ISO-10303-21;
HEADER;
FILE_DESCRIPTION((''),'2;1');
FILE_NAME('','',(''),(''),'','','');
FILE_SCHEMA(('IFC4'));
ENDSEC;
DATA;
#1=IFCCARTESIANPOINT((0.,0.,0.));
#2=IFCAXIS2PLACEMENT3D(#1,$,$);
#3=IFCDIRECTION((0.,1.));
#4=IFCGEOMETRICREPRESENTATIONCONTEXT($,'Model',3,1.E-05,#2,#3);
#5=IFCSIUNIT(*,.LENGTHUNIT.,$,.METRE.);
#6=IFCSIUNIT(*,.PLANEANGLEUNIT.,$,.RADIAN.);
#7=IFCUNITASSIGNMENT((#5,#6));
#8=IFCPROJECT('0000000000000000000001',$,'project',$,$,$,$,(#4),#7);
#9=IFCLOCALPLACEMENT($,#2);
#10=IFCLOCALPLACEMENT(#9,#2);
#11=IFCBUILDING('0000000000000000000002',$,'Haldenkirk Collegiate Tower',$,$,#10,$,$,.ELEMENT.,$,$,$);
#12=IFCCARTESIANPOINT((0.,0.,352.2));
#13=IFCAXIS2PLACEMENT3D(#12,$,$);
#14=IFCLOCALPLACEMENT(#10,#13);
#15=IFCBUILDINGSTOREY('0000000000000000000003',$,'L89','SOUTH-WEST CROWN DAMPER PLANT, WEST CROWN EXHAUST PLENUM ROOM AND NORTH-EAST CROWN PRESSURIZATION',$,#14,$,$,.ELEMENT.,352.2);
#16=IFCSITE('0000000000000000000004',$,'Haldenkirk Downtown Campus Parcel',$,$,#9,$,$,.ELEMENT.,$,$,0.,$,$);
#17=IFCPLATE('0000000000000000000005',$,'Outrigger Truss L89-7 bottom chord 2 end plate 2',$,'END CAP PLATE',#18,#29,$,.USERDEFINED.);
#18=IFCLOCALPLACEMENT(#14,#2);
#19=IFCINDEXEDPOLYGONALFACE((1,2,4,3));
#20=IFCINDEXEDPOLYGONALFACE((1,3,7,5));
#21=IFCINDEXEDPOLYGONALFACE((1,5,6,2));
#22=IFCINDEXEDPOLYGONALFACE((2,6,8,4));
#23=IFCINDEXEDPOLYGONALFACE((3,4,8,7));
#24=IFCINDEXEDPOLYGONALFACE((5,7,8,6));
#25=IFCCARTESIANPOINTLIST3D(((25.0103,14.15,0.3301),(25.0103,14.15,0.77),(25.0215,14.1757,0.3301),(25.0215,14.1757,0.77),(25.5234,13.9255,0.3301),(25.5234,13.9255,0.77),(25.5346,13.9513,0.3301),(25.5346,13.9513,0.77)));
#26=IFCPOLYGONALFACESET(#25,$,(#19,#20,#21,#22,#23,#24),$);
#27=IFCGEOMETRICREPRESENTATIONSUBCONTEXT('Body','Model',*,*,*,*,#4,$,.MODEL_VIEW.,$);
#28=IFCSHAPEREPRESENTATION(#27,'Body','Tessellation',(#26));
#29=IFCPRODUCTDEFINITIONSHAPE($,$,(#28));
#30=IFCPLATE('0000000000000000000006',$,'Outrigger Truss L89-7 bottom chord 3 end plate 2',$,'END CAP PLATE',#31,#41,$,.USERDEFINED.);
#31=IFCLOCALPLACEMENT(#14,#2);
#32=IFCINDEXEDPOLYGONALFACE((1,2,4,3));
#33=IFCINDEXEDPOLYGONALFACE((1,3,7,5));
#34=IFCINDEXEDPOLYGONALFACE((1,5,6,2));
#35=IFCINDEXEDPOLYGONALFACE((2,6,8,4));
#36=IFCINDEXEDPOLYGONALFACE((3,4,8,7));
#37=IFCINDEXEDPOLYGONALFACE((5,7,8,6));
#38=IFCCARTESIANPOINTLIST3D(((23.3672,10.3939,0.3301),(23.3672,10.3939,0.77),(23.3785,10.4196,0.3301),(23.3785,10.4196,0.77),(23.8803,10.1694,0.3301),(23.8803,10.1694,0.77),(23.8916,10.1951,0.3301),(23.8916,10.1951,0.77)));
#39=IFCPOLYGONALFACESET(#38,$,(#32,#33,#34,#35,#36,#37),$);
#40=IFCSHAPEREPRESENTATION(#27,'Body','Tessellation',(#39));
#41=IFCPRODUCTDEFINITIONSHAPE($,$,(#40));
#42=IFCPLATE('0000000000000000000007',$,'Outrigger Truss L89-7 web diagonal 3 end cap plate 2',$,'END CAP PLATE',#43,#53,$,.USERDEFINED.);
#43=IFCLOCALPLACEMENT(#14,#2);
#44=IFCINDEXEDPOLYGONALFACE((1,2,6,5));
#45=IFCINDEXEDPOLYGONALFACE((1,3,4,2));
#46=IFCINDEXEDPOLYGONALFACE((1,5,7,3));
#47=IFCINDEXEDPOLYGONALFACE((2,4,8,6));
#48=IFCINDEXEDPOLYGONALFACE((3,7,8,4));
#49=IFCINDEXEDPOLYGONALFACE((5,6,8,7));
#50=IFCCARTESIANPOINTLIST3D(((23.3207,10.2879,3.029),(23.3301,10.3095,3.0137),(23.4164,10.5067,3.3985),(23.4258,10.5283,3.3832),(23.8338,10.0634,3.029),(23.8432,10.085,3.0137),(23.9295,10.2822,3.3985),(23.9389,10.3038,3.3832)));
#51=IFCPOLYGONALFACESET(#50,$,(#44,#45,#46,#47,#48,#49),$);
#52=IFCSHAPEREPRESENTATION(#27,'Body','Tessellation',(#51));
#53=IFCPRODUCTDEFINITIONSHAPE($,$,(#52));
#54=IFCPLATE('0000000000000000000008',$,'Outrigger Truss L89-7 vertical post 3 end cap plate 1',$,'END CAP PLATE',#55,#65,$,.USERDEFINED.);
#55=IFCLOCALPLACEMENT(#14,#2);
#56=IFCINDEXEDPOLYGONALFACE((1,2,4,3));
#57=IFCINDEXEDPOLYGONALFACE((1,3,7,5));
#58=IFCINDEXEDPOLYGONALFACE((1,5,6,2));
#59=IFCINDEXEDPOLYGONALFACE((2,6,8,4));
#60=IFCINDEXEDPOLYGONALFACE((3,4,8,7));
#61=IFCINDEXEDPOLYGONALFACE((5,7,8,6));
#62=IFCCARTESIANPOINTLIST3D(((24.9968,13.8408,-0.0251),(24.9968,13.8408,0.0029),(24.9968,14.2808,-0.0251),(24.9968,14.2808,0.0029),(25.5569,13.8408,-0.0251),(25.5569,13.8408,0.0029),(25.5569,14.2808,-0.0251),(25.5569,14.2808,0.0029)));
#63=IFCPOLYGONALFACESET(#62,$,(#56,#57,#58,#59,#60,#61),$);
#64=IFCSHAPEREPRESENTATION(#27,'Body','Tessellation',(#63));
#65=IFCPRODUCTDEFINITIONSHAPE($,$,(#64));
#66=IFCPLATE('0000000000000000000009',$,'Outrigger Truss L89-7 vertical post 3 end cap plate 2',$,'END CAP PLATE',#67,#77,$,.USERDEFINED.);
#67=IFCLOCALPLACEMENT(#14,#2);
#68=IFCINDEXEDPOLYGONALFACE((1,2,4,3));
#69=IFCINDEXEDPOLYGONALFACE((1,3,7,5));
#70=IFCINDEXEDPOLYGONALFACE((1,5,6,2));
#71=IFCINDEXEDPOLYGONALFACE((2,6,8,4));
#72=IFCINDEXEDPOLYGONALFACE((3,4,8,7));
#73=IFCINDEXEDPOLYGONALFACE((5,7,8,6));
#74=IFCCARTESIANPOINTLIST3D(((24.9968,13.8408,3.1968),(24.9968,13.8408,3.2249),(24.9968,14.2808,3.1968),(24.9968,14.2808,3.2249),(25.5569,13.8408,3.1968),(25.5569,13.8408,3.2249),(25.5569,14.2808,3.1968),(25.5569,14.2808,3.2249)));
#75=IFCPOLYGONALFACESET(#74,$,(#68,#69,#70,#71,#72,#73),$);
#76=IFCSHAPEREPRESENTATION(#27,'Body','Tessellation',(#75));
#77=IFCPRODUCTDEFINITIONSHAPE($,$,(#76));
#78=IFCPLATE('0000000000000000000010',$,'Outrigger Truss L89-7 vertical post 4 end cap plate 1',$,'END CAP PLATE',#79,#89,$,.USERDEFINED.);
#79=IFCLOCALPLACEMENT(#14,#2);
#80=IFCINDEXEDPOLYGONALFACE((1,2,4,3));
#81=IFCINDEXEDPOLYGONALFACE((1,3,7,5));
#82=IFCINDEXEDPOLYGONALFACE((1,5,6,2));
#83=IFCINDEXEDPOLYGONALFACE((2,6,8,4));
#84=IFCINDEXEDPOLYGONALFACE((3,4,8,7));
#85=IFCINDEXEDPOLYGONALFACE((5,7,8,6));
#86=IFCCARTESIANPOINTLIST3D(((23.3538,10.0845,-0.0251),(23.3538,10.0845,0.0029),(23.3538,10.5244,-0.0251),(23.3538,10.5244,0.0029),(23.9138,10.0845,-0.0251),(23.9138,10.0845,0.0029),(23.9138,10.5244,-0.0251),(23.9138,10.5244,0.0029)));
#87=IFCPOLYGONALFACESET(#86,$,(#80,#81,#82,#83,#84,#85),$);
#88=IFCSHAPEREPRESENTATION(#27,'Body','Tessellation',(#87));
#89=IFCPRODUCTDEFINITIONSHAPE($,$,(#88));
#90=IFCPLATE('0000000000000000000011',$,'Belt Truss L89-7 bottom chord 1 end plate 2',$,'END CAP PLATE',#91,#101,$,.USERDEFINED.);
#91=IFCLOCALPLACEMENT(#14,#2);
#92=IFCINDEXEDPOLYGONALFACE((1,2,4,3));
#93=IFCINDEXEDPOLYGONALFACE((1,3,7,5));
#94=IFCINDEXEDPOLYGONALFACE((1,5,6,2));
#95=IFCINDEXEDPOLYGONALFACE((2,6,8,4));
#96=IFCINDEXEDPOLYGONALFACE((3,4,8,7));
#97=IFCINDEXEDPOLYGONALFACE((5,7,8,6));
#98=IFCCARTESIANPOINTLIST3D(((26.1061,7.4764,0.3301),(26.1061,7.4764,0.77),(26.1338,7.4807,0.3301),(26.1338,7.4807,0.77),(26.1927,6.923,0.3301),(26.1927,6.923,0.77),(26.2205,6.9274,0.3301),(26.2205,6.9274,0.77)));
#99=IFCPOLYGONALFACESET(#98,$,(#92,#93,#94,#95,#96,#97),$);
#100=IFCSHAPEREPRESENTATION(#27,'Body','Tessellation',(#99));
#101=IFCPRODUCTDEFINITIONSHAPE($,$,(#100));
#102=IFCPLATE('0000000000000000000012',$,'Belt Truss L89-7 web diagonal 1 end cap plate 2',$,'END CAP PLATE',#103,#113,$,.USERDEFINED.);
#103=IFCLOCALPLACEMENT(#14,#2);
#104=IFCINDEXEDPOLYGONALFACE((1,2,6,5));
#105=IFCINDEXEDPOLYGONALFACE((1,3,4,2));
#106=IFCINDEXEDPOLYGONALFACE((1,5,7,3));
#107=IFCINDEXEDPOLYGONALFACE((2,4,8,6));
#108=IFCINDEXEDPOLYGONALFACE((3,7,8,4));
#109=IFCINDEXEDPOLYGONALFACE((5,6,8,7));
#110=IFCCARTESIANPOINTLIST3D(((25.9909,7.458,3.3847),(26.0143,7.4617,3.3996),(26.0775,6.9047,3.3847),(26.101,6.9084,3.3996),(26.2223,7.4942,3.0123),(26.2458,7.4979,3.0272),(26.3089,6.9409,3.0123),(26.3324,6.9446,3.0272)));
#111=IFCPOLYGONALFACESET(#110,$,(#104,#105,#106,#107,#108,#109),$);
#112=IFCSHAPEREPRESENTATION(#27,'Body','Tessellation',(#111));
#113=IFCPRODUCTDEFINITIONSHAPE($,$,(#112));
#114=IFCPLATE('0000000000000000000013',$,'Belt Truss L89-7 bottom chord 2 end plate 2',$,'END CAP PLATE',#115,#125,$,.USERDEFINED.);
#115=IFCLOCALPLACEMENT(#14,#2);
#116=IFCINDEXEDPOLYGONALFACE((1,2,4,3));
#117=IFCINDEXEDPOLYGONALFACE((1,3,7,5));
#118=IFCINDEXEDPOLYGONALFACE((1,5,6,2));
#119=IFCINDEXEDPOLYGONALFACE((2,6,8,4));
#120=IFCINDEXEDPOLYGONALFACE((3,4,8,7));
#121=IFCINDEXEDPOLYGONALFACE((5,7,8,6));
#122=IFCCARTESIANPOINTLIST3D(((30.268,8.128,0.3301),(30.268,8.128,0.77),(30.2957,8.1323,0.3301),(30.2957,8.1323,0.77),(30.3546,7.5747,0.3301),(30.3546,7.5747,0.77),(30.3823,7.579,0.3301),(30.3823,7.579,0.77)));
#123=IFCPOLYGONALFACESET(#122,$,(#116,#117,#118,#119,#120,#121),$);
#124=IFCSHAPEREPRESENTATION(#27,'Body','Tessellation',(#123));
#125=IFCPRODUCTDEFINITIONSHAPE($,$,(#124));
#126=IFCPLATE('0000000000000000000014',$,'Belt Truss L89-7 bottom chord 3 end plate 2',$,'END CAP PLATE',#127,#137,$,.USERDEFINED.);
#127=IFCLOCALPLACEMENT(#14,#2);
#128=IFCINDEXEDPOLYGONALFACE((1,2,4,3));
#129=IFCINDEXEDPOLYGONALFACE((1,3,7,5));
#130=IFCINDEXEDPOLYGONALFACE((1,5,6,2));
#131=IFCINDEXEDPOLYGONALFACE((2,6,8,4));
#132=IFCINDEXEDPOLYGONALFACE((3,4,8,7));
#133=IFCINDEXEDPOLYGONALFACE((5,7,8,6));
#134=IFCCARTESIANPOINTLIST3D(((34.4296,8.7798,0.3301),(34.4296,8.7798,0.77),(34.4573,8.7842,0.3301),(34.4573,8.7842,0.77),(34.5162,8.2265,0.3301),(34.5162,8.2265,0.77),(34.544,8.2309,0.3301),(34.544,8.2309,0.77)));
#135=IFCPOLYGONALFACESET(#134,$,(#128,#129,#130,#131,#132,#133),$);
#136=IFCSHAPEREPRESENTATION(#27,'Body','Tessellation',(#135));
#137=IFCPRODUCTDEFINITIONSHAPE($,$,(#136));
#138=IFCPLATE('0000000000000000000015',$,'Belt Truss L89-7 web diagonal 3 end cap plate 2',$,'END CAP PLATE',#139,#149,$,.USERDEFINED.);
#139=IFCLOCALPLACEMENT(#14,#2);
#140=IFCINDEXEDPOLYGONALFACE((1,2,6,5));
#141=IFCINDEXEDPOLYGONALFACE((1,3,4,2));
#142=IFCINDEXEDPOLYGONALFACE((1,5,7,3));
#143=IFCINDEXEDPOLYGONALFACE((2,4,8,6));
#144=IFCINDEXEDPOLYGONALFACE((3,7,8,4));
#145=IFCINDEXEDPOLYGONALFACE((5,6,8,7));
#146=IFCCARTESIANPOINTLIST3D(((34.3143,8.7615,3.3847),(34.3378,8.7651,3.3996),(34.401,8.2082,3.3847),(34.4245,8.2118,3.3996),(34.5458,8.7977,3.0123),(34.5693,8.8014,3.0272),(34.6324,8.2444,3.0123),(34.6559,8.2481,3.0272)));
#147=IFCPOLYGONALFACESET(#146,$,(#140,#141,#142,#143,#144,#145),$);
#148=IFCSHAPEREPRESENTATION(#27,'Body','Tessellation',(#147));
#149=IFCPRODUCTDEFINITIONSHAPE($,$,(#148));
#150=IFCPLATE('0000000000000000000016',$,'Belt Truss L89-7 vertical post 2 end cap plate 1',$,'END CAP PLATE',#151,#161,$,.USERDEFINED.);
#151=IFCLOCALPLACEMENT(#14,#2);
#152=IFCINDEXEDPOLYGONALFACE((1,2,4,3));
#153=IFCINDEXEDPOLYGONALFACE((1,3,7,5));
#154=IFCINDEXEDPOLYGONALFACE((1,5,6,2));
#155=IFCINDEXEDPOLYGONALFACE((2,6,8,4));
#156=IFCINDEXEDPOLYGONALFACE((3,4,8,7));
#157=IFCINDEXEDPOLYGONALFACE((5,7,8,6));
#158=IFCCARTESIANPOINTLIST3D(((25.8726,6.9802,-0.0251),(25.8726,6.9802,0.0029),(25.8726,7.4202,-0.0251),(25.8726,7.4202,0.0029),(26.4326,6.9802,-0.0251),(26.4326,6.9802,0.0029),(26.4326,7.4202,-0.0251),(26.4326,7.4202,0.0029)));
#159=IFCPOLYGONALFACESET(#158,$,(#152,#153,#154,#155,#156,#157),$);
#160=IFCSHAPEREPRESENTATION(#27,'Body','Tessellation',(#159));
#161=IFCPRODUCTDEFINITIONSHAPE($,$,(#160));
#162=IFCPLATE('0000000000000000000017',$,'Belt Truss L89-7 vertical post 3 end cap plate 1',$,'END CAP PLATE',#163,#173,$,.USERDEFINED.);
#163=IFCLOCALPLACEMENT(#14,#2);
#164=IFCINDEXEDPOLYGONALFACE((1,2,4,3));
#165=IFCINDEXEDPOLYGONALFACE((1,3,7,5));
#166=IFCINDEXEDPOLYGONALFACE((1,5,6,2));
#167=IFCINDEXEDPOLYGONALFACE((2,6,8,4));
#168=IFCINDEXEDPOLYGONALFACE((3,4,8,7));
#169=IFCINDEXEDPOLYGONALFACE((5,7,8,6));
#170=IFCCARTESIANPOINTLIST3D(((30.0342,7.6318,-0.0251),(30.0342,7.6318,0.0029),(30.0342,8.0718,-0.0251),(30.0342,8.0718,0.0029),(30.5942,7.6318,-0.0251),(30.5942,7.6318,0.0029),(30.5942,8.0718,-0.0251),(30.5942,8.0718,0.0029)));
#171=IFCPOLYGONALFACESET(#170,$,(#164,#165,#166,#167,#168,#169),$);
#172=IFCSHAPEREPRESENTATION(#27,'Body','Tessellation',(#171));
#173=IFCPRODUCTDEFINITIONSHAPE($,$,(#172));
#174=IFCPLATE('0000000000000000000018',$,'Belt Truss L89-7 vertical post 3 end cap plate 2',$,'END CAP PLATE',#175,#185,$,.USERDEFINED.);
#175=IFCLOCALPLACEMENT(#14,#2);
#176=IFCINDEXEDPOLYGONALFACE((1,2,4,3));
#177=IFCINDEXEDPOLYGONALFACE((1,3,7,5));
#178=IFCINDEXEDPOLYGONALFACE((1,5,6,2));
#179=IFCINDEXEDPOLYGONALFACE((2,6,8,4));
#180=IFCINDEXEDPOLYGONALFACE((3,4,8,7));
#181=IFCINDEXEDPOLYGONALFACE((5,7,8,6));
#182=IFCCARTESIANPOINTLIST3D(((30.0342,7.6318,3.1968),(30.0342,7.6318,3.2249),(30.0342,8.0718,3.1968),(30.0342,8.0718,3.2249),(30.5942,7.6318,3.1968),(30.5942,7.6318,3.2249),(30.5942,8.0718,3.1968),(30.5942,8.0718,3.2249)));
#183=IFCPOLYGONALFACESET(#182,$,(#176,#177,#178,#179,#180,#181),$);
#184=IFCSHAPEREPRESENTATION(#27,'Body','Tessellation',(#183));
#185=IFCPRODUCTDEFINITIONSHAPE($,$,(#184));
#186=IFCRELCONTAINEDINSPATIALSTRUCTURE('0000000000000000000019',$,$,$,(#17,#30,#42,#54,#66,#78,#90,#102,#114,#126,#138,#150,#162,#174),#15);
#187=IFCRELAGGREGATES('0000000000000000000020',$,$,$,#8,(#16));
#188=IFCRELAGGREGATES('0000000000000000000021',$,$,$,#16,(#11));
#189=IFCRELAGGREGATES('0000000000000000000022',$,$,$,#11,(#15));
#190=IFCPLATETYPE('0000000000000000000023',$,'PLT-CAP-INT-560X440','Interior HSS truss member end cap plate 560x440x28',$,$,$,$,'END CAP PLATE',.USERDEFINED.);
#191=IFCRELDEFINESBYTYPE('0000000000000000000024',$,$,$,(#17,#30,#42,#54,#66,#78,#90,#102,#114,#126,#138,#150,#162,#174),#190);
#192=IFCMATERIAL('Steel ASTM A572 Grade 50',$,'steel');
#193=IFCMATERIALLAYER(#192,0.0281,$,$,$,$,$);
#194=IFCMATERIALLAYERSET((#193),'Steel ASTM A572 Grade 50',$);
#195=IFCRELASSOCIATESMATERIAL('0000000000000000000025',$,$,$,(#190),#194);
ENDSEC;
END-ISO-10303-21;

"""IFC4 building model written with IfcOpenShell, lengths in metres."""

from ifc_helpers import new_model, si_unit, direction, frame, origin, origin_2d, place, context, subcontext, project, spatial, rectangle, extrude, source, transform, mapped, material, layer, layer_set, type_object, element, save


model = new_model("IFC4")

# Units and contexts
model_context = context("Model", 3, precision=1e-05, world=origin(), true_north=direction((0.0, 1.0)))
body_context = subcontext(model_context, "Body", "Model", "MODEL_VIEW")
ifc_project = project(units=[si_unit("LENGTHUNIT", "METRE"), si_unit("PLANEANGLEUNIT", "RADIAN")], contexts=[model_context])

# Site, building, storey
site_placement = place(None, origin())
site = spatial("IfcSite", under=ifc_project, at=site_placement, Name="Haldenkirk Downtown Campus Parcel", CompositionType="ELEMENT", RefElevation=0.0)
building_placement = place(site_placement, origin())
building = spatial("IfcBuilding", under=site, at=building_placement, Name="Haldenkirk Collegiate Tower", CompositionType="ELEMENT")
storey_placement = place(building_placement, frame((0.0, 0.0, 352.2)))
storey = spatial("IfcBuildingStorey", under=building, at=storey_placement, Name="L89", Description="SOUTH-WEST CROWN DAMPER PLANT, WEST CROWN EXHAUST PLENUM ROOM AND NORTH-EAST CROWN PRESSURIZATION", CompositionType="ELEMENT", Elevation=352.2)

# Shared definitions
ifc_material_1 = material(Name="Steel ASTM A572 Grade 50", Category="steel")

# Plates
ifc_layer = layer(ifc_material_1, 0.0281)
ifc_layer_set = layer_set([ifc_layer], Name="Steel ASTM A572 Grade 50")
plate_type = type_object("IfcPlateType", Name="PLT-CAP-INT-560X440", Description="Interior HSS truss member end cap plate 560x440x28", ElementType="END CAP PLATE", PredefinedType="USERDEFINED", material=ifc_layer_set)
shared_shape = source(origin(), body_context, "Body", "SweptSolid", [
    extrude(rectangle(XDim=0.5601, YDim=0.4399, at=origin_2d()), origin(), (0.0, 0.0, 1.0), 0.0281),
])
for number, where, z_axis, x_axis, name in (
    (1, (25.2781, 14.0635, 0.55), (-0.400763, -0.916182, 0.0), (0.916182, -0.400763, 0.0), "Outrigger Truss L89-7 bottom chord 2 end plate 2"),
    (2, (23.635, 10.3074, 0.55), (-0.400763, -0.916182, 0.0), (0.916182, -0.400763, 0.0), "Outrigger Truss L89-7 bottom chord 3 end plate 2"),
    (3, (23.6345, 10.3066, 3.1985), (-0.336581, -0.76944, 0.54284), (0.916179, -0.40077, 0.0), "Outrigger Truss L89-7 web diagonal 3 end cap plate 2"),
    (4, (25.2769, 14.0608, 0.0029), (0.0, 0.0, -1.0), (1.0, 0.0, 0.0), "Outrigger Truss L89-7 vertical post 3 end cap plate 1"),
    (5, (25.2769, 14.0608, 3.1968), (0.0, 0.0, 1.0), (1.0, 0.0, 0.0), "Outrigger Truss L89-7 vertical post 3 end cap plate 2"),
    (6, (23.6338, 10.3044, 0.0029), (0.0, 0.0, -1.0), (1.0, 0.0, 0.0), "Outrigger Truss L89-7 vertical post 4 end cap plate 1"),
    (7, (26.1494, 7.1997, 0.55), (0.98796, 0.154712, 0.0), (-0.154712, 0.98796, 0.0), "Belt Truss L89-7 bottom chord 1 end plate 2"),
    (8, (26.1499, 7.1995, 3.1985), (0.836253, 0.13095, 0.532479), (-0.154706, 0.987961, 0.0), "Belt Truss L89-7 web diagonal 1 end cap plate 2"),
    (9, (30.3113, 7.8513, 0.55), (0.98796, 0.154712, 0.0), (-0.154712, 0.98796, 0.0), "Belt Truss L89-7 bottom chord 2 end plate 2"),
    (10, (34.4729, 8.5032, 0.55), (0.98796, 0.154712, 0.0), (-0.154712, 0.98796, 0.0), "Belt Truss L89-7 bottom chord 3 end plate 2"),
    (11, (34.4734, 8.5029, 3.1985), (0.836247, 0.130952, 0.532488), (-0.154709, 0.98796, 0.0), "Belt Truss L89-7 web diagonal 3 end cap plate 2"),
    (12, (26.1526, 7.2002, 0.0029), (0.0, 0.0, -1.0), (1.0, 0.0, 0.0), "Belt Truss L89-7 vertical post 2 end cap plate 1"),
    (13, (30.3142, 7.8518, 0.0029), (0.0, 0.0, -1.0), (1.0, 0.0, 0.0), "Belt Truss L89-7 vertical post 3 end cap plate 1"),
    (14, (30.3142, 7.8518, 3.1968), (0.0, 0.0, 1.0), (1.0, 0.0, 0.0), "Belt Truss L89-7 vertical post 3 end cap plate 2"),
):
    element("IfcPlate", number, at=place(storey_placement, frame(where, z_axis=z_axis, x_axis=x_axis)), inside=storey, type_object=plate_type, Name=name, ObjectType="END CAP PLATE", PredefinedType="USERDEFINED", context=body_context, shape_type="MappedRepresentation", body=[
        mapped(shared_shape, transform((0.0, 0.0, 0.0), x_axis=(1.0, 0.0, 0.0), y_axis=(0.0, 1.0, 0.0), z_axis=(0.0, 0.0, 1.0), scale=1.0)),
    ])

save(model, "model.ifc")
